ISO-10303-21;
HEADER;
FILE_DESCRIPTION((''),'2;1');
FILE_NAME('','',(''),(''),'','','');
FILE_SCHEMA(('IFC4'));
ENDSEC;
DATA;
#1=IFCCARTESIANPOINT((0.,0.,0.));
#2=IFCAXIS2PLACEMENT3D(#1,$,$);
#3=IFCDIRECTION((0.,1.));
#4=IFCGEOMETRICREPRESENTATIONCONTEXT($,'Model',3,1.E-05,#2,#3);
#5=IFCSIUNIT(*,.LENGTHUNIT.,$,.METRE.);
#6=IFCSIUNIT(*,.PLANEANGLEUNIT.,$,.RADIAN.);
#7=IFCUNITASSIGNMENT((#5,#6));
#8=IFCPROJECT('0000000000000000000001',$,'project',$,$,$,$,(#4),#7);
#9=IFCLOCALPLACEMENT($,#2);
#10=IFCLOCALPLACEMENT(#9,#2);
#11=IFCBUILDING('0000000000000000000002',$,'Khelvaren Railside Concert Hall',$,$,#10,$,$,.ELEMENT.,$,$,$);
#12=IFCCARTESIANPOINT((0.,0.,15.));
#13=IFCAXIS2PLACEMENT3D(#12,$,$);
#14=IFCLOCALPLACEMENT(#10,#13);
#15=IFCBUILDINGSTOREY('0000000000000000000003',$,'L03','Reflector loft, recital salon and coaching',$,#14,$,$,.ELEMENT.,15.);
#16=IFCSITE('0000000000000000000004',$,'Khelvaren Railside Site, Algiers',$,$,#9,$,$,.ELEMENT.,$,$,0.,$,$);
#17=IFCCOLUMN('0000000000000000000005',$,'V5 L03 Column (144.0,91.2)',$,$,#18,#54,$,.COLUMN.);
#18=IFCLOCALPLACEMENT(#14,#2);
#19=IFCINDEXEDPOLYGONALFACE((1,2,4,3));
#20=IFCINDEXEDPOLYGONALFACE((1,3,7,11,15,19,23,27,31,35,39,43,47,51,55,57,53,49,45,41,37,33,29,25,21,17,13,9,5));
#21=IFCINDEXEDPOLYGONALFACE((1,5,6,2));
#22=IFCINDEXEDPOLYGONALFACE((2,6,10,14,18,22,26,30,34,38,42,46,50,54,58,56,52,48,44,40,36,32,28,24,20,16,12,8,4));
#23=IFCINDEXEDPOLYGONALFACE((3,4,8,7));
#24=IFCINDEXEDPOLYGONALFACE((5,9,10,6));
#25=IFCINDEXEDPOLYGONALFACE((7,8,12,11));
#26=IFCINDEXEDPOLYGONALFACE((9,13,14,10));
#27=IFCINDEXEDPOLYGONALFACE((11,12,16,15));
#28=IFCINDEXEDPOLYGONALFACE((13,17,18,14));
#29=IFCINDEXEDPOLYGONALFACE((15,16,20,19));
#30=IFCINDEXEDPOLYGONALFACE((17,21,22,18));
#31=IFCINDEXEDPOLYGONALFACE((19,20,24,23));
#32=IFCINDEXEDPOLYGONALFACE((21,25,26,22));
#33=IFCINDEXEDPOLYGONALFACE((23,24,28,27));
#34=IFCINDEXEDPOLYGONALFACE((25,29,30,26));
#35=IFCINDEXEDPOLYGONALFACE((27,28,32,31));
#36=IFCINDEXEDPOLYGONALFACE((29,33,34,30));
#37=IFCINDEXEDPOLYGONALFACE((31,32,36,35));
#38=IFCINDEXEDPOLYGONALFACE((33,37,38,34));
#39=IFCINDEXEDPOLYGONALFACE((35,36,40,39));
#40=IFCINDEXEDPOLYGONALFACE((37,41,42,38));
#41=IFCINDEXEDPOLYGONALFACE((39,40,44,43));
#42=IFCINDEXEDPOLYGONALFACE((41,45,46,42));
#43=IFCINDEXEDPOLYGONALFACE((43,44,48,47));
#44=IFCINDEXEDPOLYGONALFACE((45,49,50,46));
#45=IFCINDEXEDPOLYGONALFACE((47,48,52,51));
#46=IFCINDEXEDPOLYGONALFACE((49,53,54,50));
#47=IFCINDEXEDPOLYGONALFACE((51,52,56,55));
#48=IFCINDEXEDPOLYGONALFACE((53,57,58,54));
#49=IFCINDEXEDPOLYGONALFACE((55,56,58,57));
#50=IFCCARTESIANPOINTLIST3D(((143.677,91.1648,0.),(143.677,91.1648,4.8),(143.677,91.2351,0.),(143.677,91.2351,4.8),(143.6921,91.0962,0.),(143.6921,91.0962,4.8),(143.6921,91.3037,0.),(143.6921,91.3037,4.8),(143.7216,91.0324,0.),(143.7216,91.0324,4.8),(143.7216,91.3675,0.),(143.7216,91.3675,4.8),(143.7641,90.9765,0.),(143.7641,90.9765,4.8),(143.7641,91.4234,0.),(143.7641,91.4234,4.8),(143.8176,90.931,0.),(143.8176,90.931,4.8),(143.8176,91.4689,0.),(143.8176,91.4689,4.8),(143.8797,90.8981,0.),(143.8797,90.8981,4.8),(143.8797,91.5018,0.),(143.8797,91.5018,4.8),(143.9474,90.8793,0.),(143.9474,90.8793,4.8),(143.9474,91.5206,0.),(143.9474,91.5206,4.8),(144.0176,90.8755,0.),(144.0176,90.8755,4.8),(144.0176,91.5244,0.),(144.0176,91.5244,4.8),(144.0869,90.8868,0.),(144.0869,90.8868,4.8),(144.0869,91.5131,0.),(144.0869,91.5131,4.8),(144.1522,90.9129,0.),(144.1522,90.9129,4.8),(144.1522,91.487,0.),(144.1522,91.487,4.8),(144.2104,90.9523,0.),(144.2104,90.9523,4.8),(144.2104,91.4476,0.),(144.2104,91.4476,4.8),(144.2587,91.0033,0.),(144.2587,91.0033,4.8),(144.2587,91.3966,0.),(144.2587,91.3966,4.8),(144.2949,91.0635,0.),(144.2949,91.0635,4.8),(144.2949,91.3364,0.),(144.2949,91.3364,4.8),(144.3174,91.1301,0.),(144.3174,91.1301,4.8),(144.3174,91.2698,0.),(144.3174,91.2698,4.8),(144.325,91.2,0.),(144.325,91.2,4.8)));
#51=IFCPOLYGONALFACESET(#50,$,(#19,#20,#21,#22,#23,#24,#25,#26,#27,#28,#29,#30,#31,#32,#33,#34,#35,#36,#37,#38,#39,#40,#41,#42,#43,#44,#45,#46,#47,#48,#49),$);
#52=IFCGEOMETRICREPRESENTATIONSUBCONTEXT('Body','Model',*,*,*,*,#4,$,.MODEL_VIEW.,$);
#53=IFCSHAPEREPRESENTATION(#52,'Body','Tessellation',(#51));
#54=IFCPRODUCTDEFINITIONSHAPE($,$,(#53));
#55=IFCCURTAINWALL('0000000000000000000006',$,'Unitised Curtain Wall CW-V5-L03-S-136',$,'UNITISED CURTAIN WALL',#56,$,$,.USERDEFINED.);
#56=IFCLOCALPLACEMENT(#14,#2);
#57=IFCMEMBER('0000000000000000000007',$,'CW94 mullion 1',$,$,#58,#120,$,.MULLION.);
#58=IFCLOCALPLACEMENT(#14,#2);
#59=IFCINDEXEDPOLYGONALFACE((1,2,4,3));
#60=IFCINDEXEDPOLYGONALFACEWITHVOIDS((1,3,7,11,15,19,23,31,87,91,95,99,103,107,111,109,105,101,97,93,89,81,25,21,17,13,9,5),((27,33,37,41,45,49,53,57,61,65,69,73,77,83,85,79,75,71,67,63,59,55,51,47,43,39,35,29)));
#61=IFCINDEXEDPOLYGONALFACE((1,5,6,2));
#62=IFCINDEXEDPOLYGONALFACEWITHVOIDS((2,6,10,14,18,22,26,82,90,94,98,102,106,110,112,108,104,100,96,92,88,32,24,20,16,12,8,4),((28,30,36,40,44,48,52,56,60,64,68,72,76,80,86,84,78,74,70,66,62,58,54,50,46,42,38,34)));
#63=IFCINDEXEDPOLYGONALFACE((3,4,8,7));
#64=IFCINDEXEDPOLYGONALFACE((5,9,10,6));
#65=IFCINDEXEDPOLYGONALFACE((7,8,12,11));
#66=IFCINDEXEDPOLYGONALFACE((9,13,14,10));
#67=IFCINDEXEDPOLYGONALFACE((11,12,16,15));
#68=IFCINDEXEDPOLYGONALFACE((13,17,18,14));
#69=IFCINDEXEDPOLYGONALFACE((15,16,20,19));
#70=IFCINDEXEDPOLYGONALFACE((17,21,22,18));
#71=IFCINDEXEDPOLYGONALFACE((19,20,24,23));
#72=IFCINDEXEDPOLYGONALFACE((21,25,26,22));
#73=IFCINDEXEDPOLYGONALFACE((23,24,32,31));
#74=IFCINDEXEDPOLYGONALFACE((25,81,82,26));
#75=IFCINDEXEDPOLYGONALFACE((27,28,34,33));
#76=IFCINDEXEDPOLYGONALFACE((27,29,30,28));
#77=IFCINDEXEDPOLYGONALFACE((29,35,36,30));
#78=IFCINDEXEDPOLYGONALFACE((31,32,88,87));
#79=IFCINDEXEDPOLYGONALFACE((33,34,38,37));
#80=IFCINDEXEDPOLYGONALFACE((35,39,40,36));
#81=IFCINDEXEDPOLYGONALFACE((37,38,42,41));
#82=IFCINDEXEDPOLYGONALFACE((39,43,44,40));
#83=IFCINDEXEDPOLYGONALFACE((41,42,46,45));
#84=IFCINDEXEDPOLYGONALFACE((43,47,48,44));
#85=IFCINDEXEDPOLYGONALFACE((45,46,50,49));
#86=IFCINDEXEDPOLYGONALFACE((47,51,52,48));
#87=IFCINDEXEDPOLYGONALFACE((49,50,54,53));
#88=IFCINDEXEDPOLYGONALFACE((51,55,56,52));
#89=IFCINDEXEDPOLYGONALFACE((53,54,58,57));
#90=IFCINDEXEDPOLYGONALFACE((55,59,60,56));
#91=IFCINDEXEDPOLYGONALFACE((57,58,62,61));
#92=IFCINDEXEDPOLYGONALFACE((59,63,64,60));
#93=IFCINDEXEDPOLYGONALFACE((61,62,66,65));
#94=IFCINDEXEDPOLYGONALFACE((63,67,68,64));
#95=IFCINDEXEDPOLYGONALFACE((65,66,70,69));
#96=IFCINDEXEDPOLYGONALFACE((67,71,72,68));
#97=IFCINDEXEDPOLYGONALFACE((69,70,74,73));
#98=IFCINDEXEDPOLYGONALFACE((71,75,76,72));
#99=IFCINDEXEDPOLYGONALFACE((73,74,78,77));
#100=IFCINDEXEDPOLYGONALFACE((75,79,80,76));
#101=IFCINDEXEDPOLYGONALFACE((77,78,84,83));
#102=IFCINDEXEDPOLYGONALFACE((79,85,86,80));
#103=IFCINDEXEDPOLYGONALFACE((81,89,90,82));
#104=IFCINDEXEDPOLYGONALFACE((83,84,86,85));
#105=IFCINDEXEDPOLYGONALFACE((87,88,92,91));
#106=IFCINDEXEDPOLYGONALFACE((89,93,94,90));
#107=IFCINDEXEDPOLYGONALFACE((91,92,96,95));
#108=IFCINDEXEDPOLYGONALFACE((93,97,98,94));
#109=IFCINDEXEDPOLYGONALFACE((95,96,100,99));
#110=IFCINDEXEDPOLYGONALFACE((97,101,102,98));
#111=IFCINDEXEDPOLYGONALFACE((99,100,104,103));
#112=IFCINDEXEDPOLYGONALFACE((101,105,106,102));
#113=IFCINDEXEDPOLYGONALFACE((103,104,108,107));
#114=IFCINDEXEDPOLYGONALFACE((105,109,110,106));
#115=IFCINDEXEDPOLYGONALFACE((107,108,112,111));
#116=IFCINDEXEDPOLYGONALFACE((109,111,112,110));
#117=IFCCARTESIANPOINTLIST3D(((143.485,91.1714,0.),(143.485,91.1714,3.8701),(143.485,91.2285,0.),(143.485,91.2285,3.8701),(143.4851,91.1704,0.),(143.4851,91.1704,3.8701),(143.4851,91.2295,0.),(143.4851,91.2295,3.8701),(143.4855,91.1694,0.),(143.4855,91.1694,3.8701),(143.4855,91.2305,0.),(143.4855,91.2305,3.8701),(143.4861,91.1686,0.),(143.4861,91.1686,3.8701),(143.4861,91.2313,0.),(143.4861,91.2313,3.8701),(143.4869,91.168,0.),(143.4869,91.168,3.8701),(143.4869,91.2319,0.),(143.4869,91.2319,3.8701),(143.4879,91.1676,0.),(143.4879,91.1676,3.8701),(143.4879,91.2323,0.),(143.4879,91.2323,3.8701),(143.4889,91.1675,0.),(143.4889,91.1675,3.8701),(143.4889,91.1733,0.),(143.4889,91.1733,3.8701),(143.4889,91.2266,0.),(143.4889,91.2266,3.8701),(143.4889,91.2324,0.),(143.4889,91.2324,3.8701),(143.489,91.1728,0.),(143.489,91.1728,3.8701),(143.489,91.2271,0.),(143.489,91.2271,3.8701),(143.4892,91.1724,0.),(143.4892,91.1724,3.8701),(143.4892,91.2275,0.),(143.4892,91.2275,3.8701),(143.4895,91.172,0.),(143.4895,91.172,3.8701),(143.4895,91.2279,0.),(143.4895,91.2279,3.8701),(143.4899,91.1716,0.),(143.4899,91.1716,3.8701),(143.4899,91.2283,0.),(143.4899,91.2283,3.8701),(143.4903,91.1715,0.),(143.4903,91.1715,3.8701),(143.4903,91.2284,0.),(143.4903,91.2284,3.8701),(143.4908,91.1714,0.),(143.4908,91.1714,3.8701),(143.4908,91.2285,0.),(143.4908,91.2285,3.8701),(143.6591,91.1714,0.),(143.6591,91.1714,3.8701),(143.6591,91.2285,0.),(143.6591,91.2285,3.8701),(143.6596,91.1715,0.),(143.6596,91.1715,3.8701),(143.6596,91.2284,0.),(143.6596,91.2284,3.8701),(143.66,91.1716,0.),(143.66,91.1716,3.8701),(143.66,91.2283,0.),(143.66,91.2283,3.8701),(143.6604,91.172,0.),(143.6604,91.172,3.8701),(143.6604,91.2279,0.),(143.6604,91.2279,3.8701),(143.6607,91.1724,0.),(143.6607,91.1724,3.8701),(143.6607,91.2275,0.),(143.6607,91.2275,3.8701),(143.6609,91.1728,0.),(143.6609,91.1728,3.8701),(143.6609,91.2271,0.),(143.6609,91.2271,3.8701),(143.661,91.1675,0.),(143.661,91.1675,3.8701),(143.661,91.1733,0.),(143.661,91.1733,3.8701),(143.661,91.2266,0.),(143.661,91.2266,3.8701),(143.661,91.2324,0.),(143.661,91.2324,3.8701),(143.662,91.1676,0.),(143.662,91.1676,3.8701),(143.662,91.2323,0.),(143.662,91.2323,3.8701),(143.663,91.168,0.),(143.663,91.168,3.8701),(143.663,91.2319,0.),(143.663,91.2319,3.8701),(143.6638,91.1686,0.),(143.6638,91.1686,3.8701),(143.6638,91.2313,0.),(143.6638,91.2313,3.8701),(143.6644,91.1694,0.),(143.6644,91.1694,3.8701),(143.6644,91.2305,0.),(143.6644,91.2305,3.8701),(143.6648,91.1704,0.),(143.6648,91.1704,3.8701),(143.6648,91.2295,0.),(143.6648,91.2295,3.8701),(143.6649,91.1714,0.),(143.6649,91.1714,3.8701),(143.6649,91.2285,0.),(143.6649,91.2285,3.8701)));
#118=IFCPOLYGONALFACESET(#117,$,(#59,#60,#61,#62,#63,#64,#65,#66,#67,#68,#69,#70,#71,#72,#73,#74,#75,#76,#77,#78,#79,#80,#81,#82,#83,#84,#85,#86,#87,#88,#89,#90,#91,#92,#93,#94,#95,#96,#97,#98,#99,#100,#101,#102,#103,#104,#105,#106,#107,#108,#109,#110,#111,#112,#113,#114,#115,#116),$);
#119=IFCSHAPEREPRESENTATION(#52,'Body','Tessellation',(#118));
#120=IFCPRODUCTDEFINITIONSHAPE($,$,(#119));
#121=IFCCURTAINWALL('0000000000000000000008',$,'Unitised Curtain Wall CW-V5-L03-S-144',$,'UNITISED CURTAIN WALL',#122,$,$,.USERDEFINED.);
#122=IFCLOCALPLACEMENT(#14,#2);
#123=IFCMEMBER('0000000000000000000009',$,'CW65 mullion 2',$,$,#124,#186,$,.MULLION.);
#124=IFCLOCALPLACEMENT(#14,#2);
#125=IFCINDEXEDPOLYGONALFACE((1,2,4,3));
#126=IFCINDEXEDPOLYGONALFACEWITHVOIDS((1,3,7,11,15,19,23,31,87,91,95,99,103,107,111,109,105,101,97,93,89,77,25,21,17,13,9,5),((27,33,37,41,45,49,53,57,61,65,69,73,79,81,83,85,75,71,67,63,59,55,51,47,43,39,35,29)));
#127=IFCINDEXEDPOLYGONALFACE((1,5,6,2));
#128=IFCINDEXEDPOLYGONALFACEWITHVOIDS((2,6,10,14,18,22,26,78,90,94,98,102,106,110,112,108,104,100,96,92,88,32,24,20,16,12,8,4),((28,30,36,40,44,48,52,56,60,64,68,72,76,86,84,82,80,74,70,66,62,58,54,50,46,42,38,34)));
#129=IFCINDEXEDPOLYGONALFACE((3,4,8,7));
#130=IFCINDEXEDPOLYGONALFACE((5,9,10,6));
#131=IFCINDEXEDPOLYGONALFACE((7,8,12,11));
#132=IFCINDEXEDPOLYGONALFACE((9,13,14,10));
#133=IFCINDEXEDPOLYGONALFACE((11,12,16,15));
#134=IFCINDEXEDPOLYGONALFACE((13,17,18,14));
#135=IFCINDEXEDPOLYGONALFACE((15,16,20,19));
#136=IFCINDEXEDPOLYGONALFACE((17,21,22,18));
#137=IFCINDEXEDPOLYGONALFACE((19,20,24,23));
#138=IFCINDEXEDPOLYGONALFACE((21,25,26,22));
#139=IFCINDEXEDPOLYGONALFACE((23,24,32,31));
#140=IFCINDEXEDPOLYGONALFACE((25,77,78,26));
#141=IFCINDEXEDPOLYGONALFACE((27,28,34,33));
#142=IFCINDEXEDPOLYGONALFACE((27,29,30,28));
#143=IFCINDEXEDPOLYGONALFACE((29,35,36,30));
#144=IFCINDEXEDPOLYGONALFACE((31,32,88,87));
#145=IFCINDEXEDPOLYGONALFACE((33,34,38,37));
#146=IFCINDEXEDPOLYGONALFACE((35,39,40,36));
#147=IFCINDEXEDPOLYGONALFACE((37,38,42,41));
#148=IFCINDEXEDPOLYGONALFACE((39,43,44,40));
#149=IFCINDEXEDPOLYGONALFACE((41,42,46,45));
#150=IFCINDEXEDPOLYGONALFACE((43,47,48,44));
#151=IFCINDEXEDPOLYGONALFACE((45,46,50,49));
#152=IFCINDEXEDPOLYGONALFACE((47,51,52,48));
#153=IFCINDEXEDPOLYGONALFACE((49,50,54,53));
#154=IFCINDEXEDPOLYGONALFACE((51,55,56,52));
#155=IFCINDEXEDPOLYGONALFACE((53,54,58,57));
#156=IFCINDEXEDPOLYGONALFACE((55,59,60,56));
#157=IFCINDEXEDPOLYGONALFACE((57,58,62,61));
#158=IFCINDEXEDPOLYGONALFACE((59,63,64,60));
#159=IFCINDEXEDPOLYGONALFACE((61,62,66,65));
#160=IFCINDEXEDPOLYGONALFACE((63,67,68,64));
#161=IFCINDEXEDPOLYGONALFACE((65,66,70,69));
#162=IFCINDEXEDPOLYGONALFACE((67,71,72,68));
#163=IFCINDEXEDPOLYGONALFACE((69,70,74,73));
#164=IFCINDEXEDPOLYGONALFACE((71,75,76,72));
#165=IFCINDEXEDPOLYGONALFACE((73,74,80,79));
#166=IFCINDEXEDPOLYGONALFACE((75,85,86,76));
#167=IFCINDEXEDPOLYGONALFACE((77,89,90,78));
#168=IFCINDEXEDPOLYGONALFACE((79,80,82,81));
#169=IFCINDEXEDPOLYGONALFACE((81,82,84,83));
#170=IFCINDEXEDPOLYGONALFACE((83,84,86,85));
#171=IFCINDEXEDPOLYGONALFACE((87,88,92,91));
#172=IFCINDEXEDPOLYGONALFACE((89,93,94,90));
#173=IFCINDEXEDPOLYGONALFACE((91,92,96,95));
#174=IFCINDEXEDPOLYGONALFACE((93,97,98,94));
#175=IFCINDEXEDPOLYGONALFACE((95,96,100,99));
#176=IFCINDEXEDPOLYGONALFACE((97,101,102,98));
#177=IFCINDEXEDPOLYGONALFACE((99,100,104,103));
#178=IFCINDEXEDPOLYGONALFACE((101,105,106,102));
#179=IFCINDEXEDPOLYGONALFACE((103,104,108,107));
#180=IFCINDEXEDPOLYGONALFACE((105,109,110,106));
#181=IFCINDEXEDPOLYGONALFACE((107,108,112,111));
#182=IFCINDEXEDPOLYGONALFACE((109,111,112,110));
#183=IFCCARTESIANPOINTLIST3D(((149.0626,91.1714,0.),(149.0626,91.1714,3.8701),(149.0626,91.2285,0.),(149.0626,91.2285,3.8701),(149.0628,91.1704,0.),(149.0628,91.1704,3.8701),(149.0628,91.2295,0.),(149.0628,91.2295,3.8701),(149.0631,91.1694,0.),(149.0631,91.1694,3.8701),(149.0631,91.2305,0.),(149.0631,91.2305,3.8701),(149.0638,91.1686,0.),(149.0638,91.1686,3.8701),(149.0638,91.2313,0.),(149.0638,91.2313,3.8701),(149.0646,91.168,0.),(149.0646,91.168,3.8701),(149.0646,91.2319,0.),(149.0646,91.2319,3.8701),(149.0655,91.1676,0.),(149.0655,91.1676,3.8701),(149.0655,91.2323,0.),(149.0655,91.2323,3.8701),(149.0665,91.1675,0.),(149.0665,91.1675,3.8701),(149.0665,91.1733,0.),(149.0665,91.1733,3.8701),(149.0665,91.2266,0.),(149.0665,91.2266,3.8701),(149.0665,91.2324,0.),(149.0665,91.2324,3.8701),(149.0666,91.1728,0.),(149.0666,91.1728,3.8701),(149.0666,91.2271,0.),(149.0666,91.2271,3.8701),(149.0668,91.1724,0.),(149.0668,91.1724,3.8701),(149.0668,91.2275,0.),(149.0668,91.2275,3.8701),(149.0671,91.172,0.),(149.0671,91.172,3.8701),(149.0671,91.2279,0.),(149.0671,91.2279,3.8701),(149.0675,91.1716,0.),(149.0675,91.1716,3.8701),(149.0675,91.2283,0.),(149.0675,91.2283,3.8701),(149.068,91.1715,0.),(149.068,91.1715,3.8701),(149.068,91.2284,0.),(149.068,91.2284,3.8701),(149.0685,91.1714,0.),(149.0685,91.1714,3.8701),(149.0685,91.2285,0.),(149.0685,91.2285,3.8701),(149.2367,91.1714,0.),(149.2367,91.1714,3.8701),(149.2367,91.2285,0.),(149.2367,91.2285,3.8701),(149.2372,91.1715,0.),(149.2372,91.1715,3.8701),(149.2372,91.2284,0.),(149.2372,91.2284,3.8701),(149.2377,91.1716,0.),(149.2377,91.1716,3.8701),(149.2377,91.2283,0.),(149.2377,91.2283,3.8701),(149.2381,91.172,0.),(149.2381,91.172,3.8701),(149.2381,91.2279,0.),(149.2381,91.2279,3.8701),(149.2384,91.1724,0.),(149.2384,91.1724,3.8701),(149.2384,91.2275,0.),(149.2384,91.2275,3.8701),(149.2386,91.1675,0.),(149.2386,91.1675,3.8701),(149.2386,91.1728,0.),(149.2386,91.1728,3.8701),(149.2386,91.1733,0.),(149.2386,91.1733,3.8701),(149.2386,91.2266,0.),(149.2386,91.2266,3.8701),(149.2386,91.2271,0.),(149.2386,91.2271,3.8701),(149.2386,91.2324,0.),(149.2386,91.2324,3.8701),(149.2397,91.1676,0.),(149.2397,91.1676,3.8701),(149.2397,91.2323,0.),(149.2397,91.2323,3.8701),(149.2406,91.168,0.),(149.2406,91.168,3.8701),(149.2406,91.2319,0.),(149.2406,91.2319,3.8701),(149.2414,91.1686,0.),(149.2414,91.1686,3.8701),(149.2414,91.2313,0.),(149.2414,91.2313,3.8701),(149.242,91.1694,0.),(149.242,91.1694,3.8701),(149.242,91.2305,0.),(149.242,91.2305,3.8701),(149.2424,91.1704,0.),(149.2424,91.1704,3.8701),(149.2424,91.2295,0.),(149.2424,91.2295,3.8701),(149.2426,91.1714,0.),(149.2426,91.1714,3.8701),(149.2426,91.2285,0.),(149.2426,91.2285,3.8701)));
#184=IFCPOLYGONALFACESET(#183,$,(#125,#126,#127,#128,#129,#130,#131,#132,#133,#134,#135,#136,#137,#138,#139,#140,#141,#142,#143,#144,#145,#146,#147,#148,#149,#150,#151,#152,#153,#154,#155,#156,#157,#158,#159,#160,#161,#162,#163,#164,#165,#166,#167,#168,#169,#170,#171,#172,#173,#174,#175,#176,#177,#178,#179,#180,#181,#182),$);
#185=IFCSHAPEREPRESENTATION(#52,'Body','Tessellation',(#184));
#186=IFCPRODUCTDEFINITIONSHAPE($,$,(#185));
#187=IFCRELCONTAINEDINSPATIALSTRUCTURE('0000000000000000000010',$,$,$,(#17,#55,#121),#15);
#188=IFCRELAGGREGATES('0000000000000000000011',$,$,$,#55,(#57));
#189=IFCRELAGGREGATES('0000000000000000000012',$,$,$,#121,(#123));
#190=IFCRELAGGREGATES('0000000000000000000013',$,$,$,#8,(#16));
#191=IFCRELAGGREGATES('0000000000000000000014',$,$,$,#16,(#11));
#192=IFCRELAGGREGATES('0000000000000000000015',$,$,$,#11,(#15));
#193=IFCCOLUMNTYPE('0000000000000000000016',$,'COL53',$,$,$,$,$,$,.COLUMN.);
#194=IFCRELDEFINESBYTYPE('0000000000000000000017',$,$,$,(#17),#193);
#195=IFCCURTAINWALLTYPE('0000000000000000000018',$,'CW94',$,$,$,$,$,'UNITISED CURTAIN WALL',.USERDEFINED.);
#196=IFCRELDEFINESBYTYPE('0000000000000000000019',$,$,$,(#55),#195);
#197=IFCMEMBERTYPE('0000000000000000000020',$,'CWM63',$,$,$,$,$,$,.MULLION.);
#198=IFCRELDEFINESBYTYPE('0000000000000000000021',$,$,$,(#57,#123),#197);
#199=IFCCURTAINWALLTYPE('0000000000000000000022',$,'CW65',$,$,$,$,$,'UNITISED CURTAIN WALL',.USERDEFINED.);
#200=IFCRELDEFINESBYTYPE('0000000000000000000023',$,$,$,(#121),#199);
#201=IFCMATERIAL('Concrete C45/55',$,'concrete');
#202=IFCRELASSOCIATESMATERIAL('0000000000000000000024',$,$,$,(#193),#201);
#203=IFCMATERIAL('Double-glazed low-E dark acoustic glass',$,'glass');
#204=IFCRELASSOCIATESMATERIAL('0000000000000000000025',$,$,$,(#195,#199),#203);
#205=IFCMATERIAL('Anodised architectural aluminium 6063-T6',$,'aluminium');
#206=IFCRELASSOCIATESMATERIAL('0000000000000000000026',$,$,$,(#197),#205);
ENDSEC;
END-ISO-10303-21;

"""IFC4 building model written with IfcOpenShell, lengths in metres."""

from ifc_helpers import new_model, si_unit, direction, frame, origin, origin_2d, place, context, subcontext, project, spatial, hollow_rectangle, circle, extrude, material, material_profile, profile_set, type_object, element, aggregate, save


model = new_model("IFC4")

# Units and contexts
model_context = context("Model", 3, precision=1e-05, world=origin(), true_north=direction((0.0, 1.0)))
body_context = subcontext(model_context, "Body", "Model", "MODEL_VIEW")
ifc_project = project(units=[si_unit("LENGTHUNIT", "METRE"), si_unit("PLANEANGLEUNIT", "RADIAN")], contexts=[model_context])

# Site, building, storey
site_placement = place(None, origin())
site = spatial("IfcSite", under=ifc_project, at=site_placement, Name="Khelvaren Railside Site, Algiers", CompositionType="ELEMENT", RefElevation=0.0)
building_placement = place(site_placement, origin())
building = spatial("IfcBuilding", under=site, at=building_placement, Name="Khelvaren Railside Concert Hall", CompositionType="ELEMENT")
storey_placement = place(building_placement, frame((0.0, 0.0, 15.0)))
storey = spatial("IfcBuildingStorey", under=building, at=storey_placement, Name="L03", Description="Reflector loft, recital salon and coaching", CompositionType="ELEMENT", Elevation=15.0)

# Column
ifc_material_1 = material(Name="Concrete C45/55", Category="concrete")
ifc_material_profile_1 = material_profile(ifc_material_1, circle(Radius=0.325, at=origin_2d()), Name="RC D650")
ifc_profile_set_1 = profile_set([ifc_material_profile_1], Name="Concrete C45/55")
column_type = type_object("IfcColumnType", Name="COL53", PredefinedType="COLUMN", material=ifc_profile_set_1)
column_placement = place(storey_placement, frame((144.0, 91.2, 0.0), z_axis=(0.0, 0.0, 1.0), x_axis=(1.0, 0.0, 0.0)))
element("IfcColumn", 1, at=column_placement, inside=storey, type_object=column_type, Name="V5 L03 Column (144.0,91.2)", PredefinedType="COLUMN", context=body_context, shape_type="SweptSolid", body=[
    extrude(circle(Radius=0.325, at=origin_2d()), origin(), (0.0, 0.0, 1.0), 4.8),
])

# Curtain wall, member
ifc_material_2 = material(Name="Double-glazed low-E dark acoustic glass", Category="glass")
curtain_wall_type_1 = type_object("IfcCurtainWallType", Name="CW94", ElementType="UNITISED CURTAIN WALL", PredefinedType="USERDEFINED", material=ifc_material_2)
curtain_wall_1_placement = place(storey_placement, origin())
curtain_wall_1 = element("IfcCurtainWall", 2, at=curtain_wall_1_placement, inside=storey, type_object=curtain_wall_type_1, Name="Unitised Curtain Wall CW-V5-L03-S-136", ObjectType="UNITISED CURTAIN WALL", PredefinedType="USERDEFINED")
ifc_material_3 = material(Name="Anodised architectural aluminium 6063-T6", Category="aluminium")
ifc_material_profile_2 = material_profile(ifc_material_3, hollow_rectangle(XDim=0.0649, YDim=0.1799, WallThickness=0.0039, InnerFilletRadius=0.002, OuterFilletRadius=0.0039, at=origin_2d()), Name="CWM 65x180x4")
ifc_profile_set_2 = profile_set([ifc_material_profile_2], Name="Anodised architectural aluminium 6063-T6")
member_type_1 = type_object("IfcMemberType", Name="CWM63", PredefinedType="MULLION", material=ifc_profile_set_2)
member_1_placement = place(storey_placement, frame((143.575, 91.2, 0.0), z_axis=(0.0, 0.0, 1.0), x_axis=(0.0, -1.0, 0.0)))
member_1 = element("IfcMember", 3, at=member_1_placement, type_object=member_type_1, Name="CW94 mullion 1", PredefinedType="MULLION", context=body_context, shape_type="SweptSolid", body=[
    extrude(hollow_rectangle(XDim=0.0649, YDim=0.1799, WallThickness=0.0039, InnerFilletRadius=0.002, OuterFilletRadius=0.0039, at=origin_2d()), origin(), (0.0, 0.0, 1.0), 3.8701),
])

# Curtain wall, member
curtain_wall_type_2 = type_object("IfcCurtainWallType", Name="CW65", ElementType="UNITISED CURTAIN WALL", PredefinedType="USERDEFINED", material=ifc_material_2)
curtain_wall_2_placement = place(storey_placement, origin())
curtain_wall_2 = element("IfcCurtainWall", 4, at=curtain_wall_2_placement, inside=storey, type_object=curtain_wall_type_2, Name="Unitised Curtain Wall CW-V5-L03-S-144", ObjectType="UNITISED CURTAIN WALL", PredefinedType="USERDEFINED")
member_2_placement = place(storey_placement, frame((149.1526, 91.2, 0.0), z_axis=(0.0, 0.0, 1.0), x_axis=(0.0, -1.0, 0.0)))
member_2 = element("IfcMember", 5, at=member_2_placement, type_object=member_type_1, Name="CW65 mullion 2", PredefinedType="MULLION", context=body_context, shape_type="SweptSolid", body=[
    extrude(hollow_rectangle(XDim=0.0649, YDim=0.1799, WallThickness=0.0039, InnerFilletRadius=0.002, OuterFilletRadius=0.0039, at=origin_2d()), origin(), (0.0, 0.0, 1.0), 3.8701),
])

aggregate(curtain_wall_1, [member_1])
aggregate(curtain_wall_2, [member_2])

save(model, "model.ifc")
